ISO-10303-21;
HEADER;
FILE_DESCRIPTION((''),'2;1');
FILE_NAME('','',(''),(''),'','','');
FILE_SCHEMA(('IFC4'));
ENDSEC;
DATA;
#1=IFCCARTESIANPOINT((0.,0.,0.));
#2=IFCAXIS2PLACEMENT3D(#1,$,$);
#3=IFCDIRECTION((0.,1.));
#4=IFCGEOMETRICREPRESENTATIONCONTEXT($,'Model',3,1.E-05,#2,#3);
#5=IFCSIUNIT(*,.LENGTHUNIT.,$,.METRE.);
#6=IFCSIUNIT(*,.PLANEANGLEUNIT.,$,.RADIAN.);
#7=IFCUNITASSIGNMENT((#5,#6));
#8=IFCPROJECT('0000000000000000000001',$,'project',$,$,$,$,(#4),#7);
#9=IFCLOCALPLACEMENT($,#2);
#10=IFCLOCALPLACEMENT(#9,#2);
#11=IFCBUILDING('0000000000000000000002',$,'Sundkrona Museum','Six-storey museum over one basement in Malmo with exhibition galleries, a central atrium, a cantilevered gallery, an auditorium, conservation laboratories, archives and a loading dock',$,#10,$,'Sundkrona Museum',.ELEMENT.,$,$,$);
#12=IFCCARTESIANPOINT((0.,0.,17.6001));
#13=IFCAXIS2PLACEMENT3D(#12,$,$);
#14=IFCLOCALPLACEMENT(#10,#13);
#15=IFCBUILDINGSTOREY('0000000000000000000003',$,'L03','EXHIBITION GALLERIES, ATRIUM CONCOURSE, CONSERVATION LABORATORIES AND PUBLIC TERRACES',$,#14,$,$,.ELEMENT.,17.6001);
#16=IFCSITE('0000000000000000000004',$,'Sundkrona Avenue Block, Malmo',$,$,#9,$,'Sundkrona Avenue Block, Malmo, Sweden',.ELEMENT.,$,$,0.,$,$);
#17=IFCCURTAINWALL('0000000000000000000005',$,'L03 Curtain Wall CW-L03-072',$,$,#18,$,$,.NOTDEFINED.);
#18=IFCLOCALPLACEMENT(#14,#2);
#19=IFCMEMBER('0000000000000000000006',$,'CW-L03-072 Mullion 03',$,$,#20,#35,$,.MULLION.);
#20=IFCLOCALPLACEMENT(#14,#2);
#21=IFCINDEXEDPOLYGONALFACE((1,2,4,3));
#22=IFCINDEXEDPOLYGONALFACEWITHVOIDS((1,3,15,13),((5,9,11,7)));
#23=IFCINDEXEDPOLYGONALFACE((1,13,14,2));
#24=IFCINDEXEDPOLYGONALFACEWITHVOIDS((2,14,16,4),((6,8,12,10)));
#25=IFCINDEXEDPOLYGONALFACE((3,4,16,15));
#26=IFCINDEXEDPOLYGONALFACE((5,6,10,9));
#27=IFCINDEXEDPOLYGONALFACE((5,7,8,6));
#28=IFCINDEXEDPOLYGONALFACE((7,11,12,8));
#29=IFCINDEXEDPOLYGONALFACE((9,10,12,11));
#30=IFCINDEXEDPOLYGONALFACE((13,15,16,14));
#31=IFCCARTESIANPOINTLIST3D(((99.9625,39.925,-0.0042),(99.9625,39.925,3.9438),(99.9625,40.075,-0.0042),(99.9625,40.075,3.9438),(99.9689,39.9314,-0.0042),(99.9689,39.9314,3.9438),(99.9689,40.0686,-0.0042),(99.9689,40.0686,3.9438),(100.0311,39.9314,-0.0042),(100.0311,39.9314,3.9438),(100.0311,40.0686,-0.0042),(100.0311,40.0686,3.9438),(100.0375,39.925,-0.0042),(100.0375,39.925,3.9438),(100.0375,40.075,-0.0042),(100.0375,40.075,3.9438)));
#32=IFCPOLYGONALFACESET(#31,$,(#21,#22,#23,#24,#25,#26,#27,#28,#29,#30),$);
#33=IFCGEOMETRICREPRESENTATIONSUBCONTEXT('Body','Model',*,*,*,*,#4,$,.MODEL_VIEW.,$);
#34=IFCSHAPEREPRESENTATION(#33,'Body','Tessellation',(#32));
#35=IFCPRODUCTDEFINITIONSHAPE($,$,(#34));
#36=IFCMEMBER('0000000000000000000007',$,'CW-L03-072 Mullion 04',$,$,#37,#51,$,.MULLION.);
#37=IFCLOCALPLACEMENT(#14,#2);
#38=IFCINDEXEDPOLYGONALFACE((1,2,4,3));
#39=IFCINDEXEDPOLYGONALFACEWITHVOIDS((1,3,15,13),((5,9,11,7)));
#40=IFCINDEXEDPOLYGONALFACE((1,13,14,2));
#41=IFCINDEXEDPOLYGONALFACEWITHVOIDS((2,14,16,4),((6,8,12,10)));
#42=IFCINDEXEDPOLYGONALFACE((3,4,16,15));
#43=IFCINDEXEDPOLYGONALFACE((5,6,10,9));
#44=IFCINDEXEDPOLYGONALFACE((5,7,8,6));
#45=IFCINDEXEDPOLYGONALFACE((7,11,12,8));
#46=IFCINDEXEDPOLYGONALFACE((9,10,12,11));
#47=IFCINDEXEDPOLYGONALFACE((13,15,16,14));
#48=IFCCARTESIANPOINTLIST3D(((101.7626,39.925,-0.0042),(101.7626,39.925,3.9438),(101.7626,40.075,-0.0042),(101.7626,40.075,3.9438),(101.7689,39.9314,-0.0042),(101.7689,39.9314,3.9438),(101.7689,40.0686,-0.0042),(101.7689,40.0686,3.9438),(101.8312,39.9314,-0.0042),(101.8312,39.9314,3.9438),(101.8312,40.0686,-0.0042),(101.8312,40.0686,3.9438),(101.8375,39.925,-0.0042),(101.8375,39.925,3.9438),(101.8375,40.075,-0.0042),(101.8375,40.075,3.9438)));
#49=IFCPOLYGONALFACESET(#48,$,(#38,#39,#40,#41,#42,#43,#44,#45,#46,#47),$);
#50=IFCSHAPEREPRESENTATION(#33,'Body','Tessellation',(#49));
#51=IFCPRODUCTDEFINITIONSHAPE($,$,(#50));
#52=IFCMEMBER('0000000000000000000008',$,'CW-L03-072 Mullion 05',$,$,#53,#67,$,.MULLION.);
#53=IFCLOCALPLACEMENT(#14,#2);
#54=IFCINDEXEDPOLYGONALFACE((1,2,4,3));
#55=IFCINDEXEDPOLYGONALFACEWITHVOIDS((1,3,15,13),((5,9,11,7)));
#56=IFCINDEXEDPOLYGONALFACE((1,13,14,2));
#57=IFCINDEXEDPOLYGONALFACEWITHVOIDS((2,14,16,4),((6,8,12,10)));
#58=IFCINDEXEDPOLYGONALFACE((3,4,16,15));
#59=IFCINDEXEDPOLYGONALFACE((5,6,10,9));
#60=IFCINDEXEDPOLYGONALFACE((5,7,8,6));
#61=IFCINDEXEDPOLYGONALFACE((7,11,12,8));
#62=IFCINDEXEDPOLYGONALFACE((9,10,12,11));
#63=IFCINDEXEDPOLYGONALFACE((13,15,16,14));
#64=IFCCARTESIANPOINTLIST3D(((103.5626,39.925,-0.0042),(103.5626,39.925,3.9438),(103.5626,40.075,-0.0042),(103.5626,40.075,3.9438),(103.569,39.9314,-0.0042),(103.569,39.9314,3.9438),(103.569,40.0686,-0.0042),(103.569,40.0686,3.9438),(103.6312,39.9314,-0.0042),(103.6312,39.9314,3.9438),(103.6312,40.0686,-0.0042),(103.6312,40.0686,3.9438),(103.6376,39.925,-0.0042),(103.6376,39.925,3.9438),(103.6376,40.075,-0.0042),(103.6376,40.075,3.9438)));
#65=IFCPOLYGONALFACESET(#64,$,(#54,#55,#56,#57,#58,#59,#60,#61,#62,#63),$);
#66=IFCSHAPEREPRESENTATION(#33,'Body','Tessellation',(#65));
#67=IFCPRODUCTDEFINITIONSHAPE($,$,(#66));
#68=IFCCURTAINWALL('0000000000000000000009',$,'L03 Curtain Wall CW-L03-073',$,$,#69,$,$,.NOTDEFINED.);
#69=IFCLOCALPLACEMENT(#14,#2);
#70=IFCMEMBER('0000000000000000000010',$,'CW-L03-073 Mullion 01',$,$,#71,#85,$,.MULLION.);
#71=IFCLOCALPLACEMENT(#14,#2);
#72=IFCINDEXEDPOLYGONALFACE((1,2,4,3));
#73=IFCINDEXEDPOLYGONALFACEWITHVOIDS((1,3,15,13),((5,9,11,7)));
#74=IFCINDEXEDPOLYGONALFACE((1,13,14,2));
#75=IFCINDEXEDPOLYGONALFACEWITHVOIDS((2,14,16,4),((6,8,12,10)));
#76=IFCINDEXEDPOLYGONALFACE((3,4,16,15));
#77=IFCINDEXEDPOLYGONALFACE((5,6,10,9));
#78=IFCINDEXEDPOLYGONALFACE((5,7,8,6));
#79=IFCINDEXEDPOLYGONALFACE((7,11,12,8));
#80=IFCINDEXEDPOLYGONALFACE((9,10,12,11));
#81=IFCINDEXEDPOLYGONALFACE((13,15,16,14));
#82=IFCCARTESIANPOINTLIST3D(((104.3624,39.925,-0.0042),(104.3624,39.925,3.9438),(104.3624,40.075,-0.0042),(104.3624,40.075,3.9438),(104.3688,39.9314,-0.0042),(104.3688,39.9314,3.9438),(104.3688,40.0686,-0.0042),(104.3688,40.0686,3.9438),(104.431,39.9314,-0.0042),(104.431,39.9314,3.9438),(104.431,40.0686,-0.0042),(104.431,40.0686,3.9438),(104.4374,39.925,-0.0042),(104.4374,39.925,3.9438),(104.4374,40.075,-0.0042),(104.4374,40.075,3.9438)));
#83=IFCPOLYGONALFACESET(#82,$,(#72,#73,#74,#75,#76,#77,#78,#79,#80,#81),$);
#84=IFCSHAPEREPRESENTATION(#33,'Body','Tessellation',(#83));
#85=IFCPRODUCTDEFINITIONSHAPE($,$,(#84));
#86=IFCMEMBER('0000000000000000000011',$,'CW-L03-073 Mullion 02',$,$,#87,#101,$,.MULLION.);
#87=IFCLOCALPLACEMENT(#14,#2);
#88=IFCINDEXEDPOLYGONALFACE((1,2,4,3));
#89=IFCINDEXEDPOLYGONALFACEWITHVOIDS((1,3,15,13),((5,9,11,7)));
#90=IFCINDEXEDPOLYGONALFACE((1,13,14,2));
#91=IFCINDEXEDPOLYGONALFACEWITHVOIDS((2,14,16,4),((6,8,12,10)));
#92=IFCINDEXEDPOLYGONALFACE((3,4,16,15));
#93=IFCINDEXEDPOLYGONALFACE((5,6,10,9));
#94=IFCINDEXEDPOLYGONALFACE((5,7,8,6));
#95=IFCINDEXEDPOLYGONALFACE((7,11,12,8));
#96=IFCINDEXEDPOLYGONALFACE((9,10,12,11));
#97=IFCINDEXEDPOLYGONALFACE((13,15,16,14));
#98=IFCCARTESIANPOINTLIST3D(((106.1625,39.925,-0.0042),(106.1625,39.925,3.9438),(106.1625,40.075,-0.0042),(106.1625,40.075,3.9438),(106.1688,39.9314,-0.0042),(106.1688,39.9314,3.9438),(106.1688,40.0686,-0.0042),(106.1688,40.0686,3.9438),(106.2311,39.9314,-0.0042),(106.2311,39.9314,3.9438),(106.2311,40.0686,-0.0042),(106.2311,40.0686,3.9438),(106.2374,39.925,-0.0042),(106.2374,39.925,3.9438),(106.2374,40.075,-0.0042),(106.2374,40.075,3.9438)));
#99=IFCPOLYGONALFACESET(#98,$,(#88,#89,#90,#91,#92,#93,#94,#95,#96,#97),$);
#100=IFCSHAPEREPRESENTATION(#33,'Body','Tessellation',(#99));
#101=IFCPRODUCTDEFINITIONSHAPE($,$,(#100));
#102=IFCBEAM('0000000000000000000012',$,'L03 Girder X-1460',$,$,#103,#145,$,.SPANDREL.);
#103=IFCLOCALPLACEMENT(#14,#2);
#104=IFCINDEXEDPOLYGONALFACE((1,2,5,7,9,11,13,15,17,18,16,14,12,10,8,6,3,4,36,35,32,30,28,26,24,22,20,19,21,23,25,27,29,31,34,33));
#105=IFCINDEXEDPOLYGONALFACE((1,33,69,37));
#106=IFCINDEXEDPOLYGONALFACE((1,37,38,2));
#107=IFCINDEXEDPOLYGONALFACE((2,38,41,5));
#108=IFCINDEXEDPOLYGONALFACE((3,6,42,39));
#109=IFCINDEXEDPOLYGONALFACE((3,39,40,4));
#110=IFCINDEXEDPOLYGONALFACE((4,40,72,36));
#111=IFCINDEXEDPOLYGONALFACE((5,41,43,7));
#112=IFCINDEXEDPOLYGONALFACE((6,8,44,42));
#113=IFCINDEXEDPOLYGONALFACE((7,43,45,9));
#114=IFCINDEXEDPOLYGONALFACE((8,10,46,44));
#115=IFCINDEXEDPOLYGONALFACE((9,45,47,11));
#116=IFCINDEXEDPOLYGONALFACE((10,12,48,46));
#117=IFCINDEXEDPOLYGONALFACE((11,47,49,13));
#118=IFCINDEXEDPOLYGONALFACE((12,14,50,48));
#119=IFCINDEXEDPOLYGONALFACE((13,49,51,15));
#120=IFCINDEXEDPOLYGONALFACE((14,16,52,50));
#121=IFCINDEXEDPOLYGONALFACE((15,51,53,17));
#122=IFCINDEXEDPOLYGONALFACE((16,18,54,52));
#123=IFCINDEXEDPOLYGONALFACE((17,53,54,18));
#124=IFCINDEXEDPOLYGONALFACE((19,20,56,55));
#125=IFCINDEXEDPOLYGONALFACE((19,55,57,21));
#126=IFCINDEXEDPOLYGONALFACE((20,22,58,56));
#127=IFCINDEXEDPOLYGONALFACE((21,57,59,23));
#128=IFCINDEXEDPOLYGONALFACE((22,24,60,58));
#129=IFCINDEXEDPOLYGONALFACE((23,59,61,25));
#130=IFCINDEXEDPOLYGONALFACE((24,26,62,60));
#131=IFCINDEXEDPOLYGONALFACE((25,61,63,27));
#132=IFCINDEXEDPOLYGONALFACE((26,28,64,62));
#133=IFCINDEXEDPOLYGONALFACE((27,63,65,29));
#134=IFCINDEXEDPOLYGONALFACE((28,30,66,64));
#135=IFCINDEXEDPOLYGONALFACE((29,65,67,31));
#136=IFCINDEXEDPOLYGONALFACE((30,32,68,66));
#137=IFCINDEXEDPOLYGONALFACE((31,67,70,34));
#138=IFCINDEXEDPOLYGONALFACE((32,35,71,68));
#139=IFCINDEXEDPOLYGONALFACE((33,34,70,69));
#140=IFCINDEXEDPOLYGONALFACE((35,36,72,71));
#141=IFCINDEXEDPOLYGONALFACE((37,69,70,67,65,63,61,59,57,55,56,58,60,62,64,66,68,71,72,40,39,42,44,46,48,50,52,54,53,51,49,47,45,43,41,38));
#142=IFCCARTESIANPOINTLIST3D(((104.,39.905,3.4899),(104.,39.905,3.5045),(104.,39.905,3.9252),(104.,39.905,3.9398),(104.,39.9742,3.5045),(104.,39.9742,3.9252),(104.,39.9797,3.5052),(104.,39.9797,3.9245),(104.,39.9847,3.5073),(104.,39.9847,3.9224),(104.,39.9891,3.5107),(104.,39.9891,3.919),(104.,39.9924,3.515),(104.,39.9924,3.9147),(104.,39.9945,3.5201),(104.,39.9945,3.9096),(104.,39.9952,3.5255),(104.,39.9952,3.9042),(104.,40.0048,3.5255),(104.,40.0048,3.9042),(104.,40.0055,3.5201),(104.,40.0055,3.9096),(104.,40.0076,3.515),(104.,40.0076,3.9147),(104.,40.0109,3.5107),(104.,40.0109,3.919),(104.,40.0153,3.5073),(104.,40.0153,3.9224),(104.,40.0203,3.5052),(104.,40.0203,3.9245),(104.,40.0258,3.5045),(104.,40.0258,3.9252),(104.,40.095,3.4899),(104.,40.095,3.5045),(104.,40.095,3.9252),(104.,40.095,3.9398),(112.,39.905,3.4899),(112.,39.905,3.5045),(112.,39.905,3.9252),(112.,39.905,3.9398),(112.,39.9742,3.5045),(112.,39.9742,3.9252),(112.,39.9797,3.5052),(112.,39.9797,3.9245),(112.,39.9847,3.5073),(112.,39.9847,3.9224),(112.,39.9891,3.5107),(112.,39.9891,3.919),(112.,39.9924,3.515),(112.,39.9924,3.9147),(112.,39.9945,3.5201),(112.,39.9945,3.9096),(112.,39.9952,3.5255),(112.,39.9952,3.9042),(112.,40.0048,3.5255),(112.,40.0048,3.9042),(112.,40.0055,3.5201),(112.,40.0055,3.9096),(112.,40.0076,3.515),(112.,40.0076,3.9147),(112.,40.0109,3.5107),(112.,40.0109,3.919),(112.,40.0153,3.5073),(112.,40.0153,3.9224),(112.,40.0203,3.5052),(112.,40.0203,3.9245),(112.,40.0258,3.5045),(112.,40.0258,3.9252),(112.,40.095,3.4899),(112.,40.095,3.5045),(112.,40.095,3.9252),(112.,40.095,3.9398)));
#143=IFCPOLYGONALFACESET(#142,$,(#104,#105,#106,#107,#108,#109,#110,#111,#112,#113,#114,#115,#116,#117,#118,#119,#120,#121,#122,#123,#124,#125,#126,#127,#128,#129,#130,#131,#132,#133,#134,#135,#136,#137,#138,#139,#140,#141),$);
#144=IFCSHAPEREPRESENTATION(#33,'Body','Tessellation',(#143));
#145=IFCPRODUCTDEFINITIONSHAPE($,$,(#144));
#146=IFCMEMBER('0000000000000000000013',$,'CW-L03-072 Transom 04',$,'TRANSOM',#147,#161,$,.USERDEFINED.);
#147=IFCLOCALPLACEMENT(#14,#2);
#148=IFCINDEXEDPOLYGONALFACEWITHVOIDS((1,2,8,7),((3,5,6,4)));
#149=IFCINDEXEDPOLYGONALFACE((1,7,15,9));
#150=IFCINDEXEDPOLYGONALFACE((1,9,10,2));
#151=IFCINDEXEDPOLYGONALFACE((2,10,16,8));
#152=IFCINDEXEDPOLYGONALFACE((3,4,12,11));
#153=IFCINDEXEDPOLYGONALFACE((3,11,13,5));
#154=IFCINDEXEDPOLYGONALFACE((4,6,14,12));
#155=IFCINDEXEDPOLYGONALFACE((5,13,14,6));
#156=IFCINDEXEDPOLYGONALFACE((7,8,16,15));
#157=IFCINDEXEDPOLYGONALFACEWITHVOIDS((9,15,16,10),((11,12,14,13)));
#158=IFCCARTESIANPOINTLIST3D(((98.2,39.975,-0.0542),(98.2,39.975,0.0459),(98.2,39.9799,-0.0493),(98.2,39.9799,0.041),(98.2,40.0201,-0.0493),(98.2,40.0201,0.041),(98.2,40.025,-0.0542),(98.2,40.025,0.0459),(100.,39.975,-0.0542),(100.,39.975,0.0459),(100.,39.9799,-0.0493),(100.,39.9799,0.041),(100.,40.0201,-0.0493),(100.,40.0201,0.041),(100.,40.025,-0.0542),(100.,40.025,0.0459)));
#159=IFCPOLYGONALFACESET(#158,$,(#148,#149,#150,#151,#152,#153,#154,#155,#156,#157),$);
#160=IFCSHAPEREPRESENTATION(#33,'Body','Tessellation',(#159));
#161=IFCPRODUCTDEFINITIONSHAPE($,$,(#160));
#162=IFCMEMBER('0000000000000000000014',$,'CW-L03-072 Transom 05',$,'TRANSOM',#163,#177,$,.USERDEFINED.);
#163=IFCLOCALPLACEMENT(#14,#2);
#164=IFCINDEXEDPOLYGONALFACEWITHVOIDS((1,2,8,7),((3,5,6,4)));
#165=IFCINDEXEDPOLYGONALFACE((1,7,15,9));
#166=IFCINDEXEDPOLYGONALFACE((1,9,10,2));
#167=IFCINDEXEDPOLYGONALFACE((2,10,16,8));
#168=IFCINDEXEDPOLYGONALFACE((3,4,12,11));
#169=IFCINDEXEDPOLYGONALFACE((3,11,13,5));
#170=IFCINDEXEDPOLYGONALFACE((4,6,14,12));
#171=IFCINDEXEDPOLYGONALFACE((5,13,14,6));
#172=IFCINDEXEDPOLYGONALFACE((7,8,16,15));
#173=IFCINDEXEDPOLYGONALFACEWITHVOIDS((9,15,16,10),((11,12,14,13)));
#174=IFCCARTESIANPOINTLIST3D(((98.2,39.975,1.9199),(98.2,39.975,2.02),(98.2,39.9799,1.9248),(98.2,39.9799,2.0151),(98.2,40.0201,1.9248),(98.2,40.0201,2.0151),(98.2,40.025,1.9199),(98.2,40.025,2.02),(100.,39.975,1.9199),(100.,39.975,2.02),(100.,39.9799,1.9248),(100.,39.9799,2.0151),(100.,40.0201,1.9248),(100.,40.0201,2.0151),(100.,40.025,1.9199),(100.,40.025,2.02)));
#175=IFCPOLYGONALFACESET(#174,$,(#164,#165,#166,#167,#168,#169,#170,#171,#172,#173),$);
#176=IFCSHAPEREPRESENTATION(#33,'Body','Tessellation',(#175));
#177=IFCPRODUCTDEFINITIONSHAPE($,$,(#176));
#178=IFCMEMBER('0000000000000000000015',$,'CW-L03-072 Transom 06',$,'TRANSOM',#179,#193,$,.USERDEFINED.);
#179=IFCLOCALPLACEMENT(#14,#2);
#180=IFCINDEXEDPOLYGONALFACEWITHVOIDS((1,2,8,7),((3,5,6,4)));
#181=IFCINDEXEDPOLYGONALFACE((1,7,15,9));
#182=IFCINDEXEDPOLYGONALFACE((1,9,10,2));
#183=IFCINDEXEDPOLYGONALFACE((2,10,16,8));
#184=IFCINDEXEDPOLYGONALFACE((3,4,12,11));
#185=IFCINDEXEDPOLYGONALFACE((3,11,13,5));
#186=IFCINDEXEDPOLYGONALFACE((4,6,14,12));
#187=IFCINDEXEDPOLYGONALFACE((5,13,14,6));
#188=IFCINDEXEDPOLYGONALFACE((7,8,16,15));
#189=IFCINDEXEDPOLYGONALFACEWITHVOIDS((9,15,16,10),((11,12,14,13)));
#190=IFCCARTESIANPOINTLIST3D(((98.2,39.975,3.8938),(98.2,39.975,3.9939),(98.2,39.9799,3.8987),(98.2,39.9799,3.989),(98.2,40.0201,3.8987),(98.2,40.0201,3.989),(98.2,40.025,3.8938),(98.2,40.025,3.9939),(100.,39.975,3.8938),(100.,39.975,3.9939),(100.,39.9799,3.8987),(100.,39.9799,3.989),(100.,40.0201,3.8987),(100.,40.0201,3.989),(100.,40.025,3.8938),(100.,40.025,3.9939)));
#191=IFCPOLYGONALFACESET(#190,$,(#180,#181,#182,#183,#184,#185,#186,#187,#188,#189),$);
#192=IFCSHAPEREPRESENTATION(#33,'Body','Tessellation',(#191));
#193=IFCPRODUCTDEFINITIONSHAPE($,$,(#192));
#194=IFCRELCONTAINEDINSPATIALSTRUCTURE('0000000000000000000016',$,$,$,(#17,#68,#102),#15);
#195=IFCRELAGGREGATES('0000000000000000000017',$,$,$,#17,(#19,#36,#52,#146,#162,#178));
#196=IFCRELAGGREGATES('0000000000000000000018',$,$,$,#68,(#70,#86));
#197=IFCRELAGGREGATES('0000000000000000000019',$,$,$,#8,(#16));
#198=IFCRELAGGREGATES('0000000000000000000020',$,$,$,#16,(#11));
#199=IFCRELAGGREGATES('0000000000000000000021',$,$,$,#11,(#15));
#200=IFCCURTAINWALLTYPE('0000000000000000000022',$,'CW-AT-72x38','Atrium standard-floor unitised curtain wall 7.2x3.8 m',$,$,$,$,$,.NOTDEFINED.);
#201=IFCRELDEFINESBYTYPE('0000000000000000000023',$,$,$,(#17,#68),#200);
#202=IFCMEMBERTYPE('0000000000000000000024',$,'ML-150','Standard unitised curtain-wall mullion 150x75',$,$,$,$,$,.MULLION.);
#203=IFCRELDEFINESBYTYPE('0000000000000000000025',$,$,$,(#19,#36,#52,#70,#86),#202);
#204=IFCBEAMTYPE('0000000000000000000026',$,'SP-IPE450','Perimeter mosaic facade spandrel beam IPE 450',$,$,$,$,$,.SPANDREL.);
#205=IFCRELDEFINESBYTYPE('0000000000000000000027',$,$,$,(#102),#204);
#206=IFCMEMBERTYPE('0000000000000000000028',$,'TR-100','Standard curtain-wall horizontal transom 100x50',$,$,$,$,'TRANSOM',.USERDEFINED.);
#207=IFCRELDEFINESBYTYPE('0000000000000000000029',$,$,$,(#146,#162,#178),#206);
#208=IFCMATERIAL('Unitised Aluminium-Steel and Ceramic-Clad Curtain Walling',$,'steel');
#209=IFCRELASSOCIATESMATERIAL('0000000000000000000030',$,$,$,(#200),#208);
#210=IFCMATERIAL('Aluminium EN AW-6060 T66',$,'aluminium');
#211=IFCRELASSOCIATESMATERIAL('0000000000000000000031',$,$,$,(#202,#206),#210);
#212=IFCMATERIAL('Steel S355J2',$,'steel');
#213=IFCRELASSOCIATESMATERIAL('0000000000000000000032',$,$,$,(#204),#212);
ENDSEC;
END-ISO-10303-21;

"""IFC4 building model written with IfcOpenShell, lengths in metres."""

from ifc_helpers import new_model, si_unit, direction, frame, origin, origin_2d, place, context, subcontext, project, spatial, hollow_rectangle, i_section, extrude, material, material_profile, profile_set, type_object, element, aggregate, save


model = new_model("IFC4")

# Units and contexts
model_context = context("Model", 3, precision=1e-05, world=origin(), true_north=direction((0.0, 1.0)))
body_context = subcontext(model_context, "Body", "Model", "MODEL_VIEW")
ifc_project = project(units=[si_unit("LENGTHUNIT", "METRE"), si_unit("PLANEANGLEUNIT", "RADIAN")], contexts=[model_context])

# Site, building, storey
site_placement = place(None, origin())
site = spatial("IfcSite", under=ifc_project, at=site_placement, Name="Sundkrona Avenue Block, Malmo", LongName="Sundkrona Avenue Block, Malmo, Sweden", CompositionType="ELEMENT", RefElevation=0.0)
building_placement = place(site_placement, origin())
building = spatial("IfcBuilding", under=site, at=building_placement, Name="Sundkrona Museum", Description="Six-storey museum over one basement in Malmo with exhibition galleries, a central atrium, a cantilevered gallery, an auditorium, conservation laboratories, archives and a loading dock", LongName="Sundkrona Museum", CompositionType="ELEMENT")
storey_placement = place(building_placement, frame((0.0, 0.0, 17.6001)))
storey = spatial("IfcBuildingStorey", under=building, at=storey_placement, Name="L03", Description="EXHIBITION GALLERIES, ATRIUM CONCOURSE, CONSERVATION LABORATORIES AND PUBLIC TERRACES", CompositionType="ELEMENT", Elevation=17.6001)

# Shared definitions
ifc_material_1 = material(Name="Steel S355J2", Category="steel")

# Curtain walls, members
ifc_material_2 = material(Name="Unitised Aluminium-Steel and Ceramic-Clad Curtain Walling", Category="steel")
curtain_wall_type = type_object("IfcCurtainWallType", Name="CW-AT-72x38", Description="Atrium standard-floor unitised curtain wall 7.2x3.8 m", PredefinedType="NOTDEFINED", material=ifc_material_2)
curtain_wall_1_placement = place(storey_placement, origin())
curtain_wall_1 = element("IfcCurtainWall", 1, at=curtain_wall_1_placement, inside=storey, type_object=curtain_wall_type, Name="L03 Curtain Wall CW-L03-072", PredefinedType="NOTDEFINED")
ifc_material_3 = material(Name="Aluminium EN AW-6060 T66", Category="aluminium")
ifc_material_profile_1 = material_profile(ifc_material_3, hollow_rectangle(XDim=0.075, YDim=0.1499, WallThickness=0.0063, at=origin_2d()), Name="RHS 150x75x6.3")
ifc_profile_set_1 = profile_set([ifc_material_profile_1], Name="Aluminium EN AW-6060 T66")
member_type_1 = type_object("IfcMemberType", Name="ML-150", Description="Standard unitised curtain-wall mullion 150x75", PredefinedType="MULLION", material=ifc_profile_set_1)
member_1_placement = place(storey_placement, frame((100.0, 40.0, -0.0042), z_axis=(0.0, 0.0, 1.0), x_axis=(1.0, 0.0, 0.0)))
member_1 = element("IfcMember", 2, at=member_1_placement, type_object=member_type_1, Name="CW-L03-072 Mullion 03", PredefinedType="MULLION", context=body_context, shape_type="SweptSolid", body=[
    extrude(hollow_rectangle(XDim=0.075, YDim=0.1499, WallThickness=0.0063, at=origin_2d()), origin(), (0.0, 0.0, 1.0), 3.948),
])
member_2_placement = place(storey_placement, frame((101.8, 40.0, -0.0042), z_axis=(0.0, 0.0, 1.0), x_axis=(1.0, 0.0, 0.0)))
member_2 = element("IfcMember", 3, at=member_2_placement, type_object=member_type_1, Name="CW-L03-072 Mullion 04", PredefinedType="MULLION", context=body_context, shape_type="SweptSolid", body=[
    extrude(hollow_rectangle(XDim=0.075, YDim=0.1499, WallThickness=0.0063, at=origin_2d()), origin(), (0.0, 0.0, 1.0), 3.948),
])
member_3_placement = place(storey_placement, frame((103.6001, 40.0, -0.0042), z_axis=(0.0, 0.0, 1.0), x_axis=(1.0, 0.0, 0.0)))
member_3 = element("IfcMember", 4, at=member_3_placement, type_object=member_type_1, Name="CW-L03-072 Mullion 05", PredefinedType="MULLION", context=body_context, shape_type="SweptSolid", body=[
    extrude(hollow_rectangle(XDim=0.075, YDim=0.1499, WallThickness=0.0063, at=origin_2d()), origin(), (0.0, 0.0, 1.0), 3.948),
])
curtain_wall_2_placement = place(storey_placement, origin())
curtain_wall_2 = element("IfcCurtainWall", 5, at=curtain_wall_2_placement, inside=storey, type_object=curtain_wall_type, Name="L03 Curtain Wall CW-L03-073", PredefinedType="NOTDEFINED")
member_4_placement = place(storey_placement, frame((104.3999, 40.0, -0.0042), z_axis=(0.0, 0.0, 1.0), x_axis=(1.0, 0.0, 0.0)))
member_4 = element("IfcMember", 6, at=member_4_placement, type_object=member_type_1, Name="CW-L03-073 Mullion 01", PredefinedType="MULLION", context=body_context, shape_type="SweptSolid", body=[
    extrude(hollow_rectangle(XDim=0.075, YDim=0.1499, WallThickness=0.0063, at=origin_2d()), origin(), (0.0, 0.0, 1.0), 3.948),
])
member_5_placement = place(storey_placement, frame((106.2, 40.0, -0.0042), z_axis=(0.0, 0.0, 1.0), x_axis=(1.0, 0.0, 0.0)))
member_5 = element("IfcMember", 7, at=member_5_placement, type_object=member_type_1, Name="CW-L03-073 Mullion 02", PredefinedType="MULLION", context=body_context, shape_type="SweptSolid", body=[
    extrude(hollow_rectangle(XDim=0.075, YDim=0.1499, WallThickness=0.0063, at=origin_2d()), origin(), (0.0, 0.0, 1.0), 3.948),
])

# Beam
ifc_material_profile_2 = material_profile(ifc_material_1, i_section(OverallWidth=0.1899, OverallDepth=0.45, WebThickness=0.0095, FlangeThickness=0.0146, FilletRadius=0.021, at=origin_2d()), Name="IPE 450")
ifc_profile_set_2 = profile_set([ifc_material_profile_2], Name="Steel S355J2")
beam_type_1 = type_object("IfcBeamType", Name="SP-IPE450", Description="Perimeter mosaic facade spandrel beam IPE 450", PredefinedType="SPANDREL", material=ifc_profile_set_2)
beam_placement = place(storey_placement, frame((104.0, 40.0, 3.7148), z_axis=(1.0, 0.0, 0.0), x_axis=(0.0, 1.0, 0.0)))
element("IfcBeam", 8, at=beam_placement, inside=storey, type_object=beam_type_1, Name="L03 Girder X-1460", PredefinedType="SPANDREL", context=body_context, shape_type="SweptSolid", body=[
    extrude(i_section(OverallWidth=0.1899, OverallDepth=0.45, WebThickness=0.0095, FlangeThickness=0.0146, FilletRadius=0.021, at=origin_2d()), origin(), (0.0, 0.0, 1.0), 8.0),
])

# Members
ifc_material_profile_3 = material_profile(ifc_material_3, hollow_rectangle(XDim=0.05, YDim=0.1001, WallThickness=0.0049, at=origin_2d()), Name="RHS 100x50x5.0")
ifc_profile_set_3 = profile_set([ifc_material_profile_3], Name="Aluminium EN AW-6060 T66")
member_type_2 = type_object("IfcMemberType", Name="TR-100", Description="Standard curtain-wall horizontal transom 100x50", ElementType="TRANSOM", PredefinedType="USERDEFINED", material=ifc_profile_set_3)
member_6_placement = place(storey_placement, frame((98.2, 40.0, -0.0042), z_axis=(1.0, 0.0, 0.0), x_axis=(0.0, 1.0, 0.0)))
member_6 = element("IfcMember", 9, at=member_6_placement, type_object=member_type_2, Name="CW-L03-072 Transom 04", ObjectType="TRANSOM", PredefinedType="USERDEFINED", context=body_context, shape_type="SweptSolid", body=[
    extrude(hollow_rectangle(XDim=0.05, YDim=0.1001, WallThickness=0.0049, at=origin_2d()), origin(), (0.0, 0.0, 1.0), 1.8),
])
member_7_placement = place(storey_placement, frame((98.2, 40.0, 1.97), z_axis=(1.0, 0.0, 0.0), x_axis=(0.0, 1.0, 0.0)))
member_7 = element("IfcMember", 10, at=member_7_placement, type_object=member_type_2, Name="CW-L03-072 Transom 05", ObjectType="TRANSOM", PredefinedType="USERDEFINED", context=body_context, shape_type="SweptSolid", body=[
    extrude(hollow_rectangle(XDim=0.05, YDim=0.1001, WallThickness=0.0049, at=origin_2d()), origin(), (0.0, 0.0, 1.0), 1.8),
])
member_8_placement = place(storey_placement, frame((98.2, 40.0, 3.9438), z_axis=(1.0, 0.0, 0.0), x_axis=(0.0, 1.0, 0.0)))
member_8 = element("IfcMember", 11, at=member_8_placement, type_object=member_type_2, Name="CW-L03-072 Transom 06", ObjectType="TRANSOM", PredefinedType="USERDEFINED", context=body_context, shape_type="SweptSolid", body=[
    extrude(hollow_rectangle(XDim=0.05, YDim=0.1001, WallThickness=0.0049, at=origin_2d()), origin(), (0.0, 0.0, 1.0), 1.8),
])

aggregate(curtain_wall_1, [member_1, member_2, member_3, member_6, member_7, member_8])
aggregate(curtain_wall_2, [member_4, member_5])

save(model, "model.ifc")
